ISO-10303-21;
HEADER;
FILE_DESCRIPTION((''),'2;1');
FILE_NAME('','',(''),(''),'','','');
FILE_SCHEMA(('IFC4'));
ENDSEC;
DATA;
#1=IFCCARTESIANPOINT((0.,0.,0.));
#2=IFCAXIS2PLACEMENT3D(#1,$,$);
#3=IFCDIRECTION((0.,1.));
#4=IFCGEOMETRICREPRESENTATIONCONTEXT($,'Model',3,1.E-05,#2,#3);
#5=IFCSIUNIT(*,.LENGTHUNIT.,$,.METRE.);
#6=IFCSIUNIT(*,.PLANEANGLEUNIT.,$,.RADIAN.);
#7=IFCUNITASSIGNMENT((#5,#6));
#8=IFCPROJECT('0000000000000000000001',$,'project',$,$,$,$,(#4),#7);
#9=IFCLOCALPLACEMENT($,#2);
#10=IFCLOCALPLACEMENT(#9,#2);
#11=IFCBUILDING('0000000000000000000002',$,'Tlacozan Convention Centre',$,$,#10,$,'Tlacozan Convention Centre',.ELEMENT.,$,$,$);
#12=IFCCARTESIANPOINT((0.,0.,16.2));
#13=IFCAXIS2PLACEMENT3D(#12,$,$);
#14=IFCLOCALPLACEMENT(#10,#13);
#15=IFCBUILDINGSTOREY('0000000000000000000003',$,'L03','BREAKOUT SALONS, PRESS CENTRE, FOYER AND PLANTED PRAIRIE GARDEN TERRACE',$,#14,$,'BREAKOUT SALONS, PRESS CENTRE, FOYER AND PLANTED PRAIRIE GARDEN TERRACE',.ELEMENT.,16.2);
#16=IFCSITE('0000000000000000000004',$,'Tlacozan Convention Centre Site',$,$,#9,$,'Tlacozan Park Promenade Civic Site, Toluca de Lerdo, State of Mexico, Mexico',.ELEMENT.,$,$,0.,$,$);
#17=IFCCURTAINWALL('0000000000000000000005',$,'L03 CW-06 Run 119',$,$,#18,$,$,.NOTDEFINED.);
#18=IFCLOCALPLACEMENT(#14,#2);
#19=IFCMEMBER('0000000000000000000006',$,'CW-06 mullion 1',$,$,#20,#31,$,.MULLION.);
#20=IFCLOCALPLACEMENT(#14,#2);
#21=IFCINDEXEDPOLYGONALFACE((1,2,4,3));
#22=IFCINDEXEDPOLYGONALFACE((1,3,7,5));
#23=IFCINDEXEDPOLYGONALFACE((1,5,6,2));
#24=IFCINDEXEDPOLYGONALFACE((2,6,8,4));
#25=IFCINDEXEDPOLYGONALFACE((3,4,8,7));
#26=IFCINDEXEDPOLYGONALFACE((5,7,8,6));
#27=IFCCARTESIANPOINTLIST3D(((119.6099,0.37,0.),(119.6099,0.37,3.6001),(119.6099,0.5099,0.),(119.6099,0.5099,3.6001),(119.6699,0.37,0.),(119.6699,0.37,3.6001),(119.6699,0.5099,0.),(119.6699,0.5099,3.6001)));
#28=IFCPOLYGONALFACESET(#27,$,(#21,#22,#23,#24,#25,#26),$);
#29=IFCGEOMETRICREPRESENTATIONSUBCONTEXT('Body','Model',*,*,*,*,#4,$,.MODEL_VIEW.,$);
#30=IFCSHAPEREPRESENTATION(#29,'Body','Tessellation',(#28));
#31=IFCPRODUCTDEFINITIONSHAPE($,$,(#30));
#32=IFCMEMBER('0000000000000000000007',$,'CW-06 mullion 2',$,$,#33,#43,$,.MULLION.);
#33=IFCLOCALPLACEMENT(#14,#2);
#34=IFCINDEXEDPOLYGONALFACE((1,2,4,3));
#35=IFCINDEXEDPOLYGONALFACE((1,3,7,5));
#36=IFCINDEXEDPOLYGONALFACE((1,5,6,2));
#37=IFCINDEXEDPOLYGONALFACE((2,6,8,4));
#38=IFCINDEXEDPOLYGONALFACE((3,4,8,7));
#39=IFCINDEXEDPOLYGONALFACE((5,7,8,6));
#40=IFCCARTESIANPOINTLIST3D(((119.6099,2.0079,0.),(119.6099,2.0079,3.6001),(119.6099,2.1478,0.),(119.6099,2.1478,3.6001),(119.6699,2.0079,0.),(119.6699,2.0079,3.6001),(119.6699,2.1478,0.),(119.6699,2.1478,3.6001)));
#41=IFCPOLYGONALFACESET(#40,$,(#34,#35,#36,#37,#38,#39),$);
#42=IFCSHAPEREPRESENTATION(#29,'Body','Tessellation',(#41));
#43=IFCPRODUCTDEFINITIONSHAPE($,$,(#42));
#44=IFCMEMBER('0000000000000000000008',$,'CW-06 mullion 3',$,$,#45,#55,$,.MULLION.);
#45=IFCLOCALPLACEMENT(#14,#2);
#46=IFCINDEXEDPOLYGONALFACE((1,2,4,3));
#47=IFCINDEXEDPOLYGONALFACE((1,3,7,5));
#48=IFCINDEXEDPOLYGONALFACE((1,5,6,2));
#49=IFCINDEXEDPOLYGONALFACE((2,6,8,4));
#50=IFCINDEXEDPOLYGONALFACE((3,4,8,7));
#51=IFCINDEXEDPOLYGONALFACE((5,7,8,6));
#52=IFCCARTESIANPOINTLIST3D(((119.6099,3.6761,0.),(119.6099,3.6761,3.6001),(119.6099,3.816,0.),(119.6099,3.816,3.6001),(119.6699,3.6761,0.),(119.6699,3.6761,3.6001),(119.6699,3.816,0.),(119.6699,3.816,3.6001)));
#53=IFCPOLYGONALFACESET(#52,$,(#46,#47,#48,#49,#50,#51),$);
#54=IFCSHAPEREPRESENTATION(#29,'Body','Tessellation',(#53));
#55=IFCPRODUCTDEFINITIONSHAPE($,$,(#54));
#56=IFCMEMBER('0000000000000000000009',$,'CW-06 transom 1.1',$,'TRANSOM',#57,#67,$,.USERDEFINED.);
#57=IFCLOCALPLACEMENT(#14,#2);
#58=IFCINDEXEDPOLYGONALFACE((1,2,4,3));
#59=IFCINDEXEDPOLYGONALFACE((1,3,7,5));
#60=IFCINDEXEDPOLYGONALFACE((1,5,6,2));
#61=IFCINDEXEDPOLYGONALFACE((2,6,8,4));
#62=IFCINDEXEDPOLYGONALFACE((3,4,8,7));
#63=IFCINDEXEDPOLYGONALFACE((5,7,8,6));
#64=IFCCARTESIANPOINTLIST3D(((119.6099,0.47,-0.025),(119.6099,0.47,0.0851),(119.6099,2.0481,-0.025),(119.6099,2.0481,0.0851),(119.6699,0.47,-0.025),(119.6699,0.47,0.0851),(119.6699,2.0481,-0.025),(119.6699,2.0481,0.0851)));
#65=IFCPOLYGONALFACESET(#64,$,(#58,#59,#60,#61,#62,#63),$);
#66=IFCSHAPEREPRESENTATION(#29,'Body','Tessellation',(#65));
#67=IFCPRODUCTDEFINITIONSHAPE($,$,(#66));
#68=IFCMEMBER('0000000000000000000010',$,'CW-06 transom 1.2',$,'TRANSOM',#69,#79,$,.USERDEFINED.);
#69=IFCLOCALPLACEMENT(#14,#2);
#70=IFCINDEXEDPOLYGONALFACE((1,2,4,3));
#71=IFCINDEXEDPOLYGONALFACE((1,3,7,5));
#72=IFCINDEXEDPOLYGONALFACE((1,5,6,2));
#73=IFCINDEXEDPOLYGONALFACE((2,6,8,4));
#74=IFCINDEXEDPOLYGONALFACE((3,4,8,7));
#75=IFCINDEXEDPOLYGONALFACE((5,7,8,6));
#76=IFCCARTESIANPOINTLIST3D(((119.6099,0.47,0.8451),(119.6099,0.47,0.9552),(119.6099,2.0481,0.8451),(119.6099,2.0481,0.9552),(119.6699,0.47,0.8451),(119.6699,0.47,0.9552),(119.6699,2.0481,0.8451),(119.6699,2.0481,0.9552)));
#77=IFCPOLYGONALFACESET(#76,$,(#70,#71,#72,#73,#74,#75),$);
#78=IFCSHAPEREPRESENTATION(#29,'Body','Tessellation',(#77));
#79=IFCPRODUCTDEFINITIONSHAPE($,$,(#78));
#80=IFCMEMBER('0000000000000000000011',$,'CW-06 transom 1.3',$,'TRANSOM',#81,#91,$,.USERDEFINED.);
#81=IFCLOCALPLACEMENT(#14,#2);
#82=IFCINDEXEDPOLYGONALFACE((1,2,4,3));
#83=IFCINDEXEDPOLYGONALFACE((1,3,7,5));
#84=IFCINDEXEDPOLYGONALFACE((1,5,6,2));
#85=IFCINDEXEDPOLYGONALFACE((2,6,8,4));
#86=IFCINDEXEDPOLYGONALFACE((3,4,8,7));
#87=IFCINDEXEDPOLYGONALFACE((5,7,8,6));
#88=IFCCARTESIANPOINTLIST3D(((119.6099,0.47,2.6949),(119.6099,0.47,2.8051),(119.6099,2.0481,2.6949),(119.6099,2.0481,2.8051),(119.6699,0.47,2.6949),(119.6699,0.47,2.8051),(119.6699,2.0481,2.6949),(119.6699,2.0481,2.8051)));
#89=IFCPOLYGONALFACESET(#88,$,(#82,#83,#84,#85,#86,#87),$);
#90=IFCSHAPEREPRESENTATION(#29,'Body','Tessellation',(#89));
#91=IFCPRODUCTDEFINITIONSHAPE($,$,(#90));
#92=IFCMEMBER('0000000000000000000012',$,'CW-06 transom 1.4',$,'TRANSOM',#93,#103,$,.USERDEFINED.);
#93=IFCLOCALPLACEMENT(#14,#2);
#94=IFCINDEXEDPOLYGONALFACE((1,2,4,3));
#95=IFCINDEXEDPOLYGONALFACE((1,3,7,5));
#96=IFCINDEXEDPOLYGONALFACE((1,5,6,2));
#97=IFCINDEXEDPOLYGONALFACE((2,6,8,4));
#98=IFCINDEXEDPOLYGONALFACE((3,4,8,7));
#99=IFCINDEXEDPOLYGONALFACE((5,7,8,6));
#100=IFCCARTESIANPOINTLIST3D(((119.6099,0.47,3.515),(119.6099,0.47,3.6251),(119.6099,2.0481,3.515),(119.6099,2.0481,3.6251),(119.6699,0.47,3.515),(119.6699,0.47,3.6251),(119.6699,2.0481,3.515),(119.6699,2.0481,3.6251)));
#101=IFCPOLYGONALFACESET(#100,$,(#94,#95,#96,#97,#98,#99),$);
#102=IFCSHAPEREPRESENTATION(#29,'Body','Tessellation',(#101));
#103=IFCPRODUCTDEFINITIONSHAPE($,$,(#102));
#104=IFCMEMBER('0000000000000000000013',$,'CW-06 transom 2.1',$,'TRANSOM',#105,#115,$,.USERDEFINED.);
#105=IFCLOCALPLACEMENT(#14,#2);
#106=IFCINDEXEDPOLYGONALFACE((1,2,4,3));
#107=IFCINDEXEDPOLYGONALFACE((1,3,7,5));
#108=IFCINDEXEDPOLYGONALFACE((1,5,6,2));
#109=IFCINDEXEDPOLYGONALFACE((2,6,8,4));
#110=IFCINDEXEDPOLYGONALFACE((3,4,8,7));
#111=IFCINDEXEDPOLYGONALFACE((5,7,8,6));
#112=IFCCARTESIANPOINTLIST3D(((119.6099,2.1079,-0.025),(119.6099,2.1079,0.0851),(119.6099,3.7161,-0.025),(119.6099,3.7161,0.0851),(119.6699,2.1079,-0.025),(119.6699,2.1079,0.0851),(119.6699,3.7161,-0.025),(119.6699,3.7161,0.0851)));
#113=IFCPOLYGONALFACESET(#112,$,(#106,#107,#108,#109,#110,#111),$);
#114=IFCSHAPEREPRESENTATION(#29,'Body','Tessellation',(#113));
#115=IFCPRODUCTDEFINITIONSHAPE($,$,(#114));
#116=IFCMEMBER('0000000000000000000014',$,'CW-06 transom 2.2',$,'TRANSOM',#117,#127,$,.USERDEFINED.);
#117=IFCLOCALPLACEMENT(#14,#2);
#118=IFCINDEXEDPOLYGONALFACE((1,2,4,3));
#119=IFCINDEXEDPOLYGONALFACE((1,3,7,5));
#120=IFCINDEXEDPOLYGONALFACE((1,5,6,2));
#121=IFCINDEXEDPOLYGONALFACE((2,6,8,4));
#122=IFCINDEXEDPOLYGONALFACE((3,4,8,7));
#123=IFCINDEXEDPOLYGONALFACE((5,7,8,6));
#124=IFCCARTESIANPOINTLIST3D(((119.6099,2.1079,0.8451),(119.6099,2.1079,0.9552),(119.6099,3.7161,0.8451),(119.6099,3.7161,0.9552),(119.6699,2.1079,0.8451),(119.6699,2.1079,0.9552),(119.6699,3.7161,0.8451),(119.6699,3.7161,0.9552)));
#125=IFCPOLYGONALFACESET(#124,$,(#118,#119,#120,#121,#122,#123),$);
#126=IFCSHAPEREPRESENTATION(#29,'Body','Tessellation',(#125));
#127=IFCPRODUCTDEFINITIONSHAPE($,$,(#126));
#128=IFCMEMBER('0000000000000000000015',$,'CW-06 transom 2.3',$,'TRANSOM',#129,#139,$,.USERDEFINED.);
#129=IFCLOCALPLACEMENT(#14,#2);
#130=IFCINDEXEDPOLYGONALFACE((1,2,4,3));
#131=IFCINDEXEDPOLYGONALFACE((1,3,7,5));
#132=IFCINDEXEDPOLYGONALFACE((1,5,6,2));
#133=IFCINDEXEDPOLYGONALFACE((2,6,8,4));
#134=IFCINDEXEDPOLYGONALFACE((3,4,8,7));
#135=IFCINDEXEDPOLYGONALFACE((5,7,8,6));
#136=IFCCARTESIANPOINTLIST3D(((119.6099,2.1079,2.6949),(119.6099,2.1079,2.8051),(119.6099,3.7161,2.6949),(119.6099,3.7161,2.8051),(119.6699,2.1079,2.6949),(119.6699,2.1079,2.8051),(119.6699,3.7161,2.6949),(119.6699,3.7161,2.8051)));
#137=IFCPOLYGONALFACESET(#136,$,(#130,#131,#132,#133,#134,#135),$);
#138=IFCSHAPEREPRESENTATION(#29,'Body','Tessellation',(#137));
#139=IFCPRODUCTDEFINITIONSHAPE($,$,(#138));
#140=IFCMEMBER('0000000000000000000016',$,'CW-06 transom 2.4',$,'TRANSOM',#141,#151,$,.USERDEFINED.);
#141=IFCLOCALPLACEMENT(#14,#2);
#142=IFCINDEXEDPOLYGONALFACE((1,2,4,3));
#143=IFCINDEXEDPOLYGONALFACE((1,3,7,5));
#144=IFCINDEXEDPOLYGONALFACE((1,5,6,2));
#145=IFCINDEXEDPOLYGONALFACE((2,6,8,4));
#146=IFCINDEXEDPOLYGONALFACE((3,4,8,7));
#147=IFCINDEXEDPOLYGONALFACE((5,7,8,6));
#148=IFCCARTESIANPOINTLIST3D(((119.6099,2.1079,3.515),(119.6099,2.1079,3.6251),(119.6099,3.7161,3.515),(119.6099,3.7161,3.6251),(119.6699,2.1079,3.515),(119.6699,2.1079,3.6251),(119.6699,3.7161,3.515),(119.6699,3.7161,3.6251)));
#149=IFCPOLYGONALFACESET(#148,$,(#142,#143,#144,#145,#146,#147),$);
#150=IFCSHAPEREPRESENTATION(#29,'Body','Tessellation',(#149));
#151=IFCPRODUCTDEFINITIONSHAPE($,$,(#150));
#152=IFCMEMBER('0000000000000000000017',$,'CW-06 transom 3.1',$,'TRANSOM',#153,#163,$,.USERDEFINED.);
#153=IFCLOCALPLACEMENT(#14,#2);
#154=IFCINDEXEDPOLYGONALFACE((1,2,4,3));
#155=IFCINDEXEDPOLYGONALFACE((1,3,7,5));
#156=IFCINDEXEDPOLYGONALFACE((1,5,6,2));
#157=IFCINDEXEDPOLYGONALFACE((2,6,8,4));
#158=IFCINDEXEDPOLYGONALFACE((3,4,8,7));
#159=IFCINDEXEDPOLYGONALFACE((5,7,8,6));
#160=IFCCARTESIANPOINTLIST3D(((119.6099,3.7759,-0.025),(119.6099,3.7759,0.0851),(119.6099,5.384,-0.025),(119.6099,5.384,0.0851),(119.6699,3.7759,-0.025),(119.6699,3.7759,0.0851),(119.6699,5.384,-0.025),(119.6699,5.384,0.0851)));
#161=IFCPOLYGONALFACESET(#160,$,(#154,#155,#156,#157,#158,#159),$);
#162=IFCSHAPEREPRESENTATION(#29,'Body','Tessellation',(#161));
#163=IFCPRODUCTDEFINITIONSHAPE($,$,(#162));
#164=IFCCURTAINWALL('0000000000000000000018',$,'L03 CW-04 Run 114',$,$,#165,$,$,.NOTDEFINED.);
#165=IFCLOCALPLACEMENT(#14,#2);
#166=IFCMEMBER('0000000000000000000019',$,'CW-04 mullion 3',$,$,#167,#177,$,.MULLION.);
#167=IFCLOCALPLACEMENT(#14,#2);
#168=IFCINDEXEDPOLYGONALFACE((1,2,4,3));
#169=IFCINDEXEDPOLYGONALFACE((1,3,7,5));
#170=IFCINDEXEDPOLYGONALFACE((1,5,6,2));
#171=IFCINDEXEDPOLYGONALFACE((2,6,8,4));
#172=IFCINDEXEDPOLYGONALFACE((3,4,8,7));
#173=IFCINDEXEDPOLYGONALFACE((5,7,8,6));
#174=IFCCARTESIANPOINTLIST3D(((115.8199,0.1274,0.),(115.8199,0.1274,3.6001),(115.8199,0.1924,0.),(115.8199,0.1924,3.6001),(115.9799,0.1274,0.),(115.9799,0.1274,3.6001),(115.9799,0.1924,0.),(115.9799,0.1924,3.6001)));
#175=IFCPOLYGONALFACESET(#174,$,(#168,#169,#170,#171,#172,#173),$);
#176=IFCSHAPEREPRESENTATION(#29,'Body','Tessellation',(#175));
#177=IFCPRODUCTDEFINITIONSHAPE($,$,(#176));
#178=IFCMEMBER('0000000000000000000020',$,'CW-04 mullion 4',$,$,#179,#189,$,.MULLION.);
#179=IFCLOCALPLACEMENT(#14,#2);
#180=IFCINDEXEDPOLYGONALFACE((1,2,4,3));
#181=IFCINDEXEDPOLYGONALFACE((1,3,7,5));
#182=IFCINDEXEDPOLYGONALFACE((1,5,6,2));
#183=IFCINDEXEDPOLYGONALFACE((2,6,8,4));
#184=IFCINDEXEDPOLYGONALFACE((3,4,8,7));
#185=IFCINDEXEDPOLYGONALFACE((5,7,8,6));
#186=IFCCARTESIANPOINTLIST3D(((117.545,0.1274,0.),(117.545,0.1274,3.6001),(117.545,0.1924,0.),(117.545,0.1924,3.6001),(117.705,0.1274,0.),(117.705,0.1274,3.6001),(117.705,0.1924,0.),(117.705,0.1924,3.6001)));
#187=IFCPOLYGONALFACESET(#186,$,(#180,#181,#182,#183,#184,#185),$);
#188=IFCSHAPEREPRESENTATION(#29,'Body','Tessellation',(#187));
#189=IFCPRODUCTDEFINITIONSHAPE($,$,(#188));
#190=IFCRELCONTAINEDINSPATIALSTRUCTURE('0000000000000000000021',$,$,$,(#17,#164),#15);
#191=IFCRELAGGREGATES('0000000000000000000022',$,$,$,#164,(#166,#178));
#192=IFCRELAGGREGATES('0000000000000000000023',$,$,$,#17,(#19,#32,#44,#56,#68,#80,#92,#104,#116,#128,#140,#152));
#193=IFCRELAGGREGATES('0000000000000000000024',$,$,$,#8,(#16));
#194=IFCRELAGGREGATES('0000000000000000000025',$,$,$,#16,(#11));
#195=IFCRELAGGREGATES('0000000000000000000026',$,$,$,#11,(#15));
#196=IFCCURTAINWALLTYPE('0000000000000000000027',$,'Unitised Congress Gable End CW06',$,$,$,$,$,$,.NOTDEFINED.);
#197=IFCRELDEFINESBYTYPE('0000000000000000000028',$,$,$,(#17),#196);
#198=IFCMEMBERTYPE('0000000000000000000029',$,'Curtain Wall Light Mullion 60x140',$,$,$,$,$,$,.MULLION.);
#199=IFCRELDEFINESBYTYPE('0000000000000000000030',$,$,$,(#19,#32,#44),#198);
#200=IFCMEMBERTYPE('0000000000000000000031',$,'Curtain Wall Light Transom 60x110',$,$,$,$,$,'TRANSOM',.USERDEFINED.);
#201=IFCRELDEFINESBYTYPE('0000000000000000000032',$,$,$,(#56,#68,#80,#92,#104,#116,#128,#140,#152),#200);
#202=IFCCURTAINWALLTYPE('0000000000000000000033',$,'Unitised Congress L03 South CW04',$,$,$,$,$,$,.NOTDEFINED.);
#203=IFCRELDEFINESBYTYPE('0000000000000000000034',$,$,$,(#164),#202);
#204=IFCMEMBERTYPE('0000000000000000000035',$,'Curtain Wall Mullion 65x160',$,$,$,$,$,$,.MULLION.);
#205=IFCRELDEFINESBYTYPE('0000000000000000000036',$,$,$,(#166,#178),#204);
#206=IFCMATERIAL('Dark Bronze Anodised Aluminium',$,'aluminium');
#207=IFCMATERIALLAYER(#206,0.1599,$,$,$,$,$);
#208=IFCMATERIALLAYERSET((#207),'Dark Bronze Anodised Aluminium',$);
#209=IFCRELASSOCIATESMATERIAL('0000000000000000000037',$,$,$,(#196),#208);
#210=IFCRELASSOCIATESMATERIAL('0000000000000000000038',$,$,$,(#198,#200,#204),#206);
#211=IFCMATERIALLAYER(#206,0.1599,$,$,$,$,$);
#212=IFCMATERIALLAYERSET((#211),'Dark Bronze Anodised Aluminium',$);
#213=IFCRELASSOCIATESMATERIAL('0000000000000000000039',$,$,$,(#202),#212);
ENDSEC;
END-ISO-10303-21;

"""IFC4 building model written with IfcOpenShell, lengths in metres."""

from ifc_helpers import new_model, si_unit, direction, frame, origin, origin_2d, place, context, subcontext, project, spatial, rectangle, extrude, material, layer, layer_set, material_profile, profile_set, type_object, element, aggregate, save


model = new_model("IFC4")

# Units and contexts
model_context = context("Model", 3, precision=1e-05, world=origin(), true_north=direction((0.0, 1.0)))
body_context = subcontext(model_context, "Body", "Model", "MODEL_VIEW")
ifc_project = project(units=[si_unit("LENGTHUNIT", "METRE"), si_unit("PLANEANGLEUNIT", "RADIAN")], contexts=[model_context])

# Site, building, storey
site_placement = place(None, origin())
site = spatial("IfcSite", under=ifc_project, at=site_placement, Name="Tlacozan Convention Centre Site", LongName="Tlacozan Park Promenade Civic Site, Toluca de Lerdo, State of Mexico, Mexico", CompositionType="ELEMENT", RefElevation=0.0)
building_placement = place(site_placement, origin())
building = spatial("IfcBuilding", under=site, at=building_placement, Name="Tlacozan Convention Centre", LongName="Tlacozan Convention Centre", CompositionType="ELEMENT")
storey_placement = place(building_placement, frame((0.0, 0.0, 16.2)))
storey = spatial("IfcBuildingStorey", under=building, at=storey_placement, Name="L03", Description="BREAKOUT SALONS, PRESS CENTRE, FOYER AND PLANTED PRAIRIE GARDEN TERRACE", LongName="BREAKOUT SALONS, PRESS CENTRE, FOYER AND PLANTED PRAIRIE GARDEN TERRACE", CompositionType="ELEMENT", Elevation=16.2)

# Curtain wall, members
ifc_material_1 = material(Name="Dark Bronze Anodised Aluminium", Category="aluminium")
ifc_layer_1 = layer(ifc_material_1, 0.1599)
ifc_layer_set_1 = layer_set([ifc_layer_1], Name="Dark Bronze Anodised Aluminium")
curtain_wall_type_1 = type_object("IfcCurtainWallType", Name="Unitised Congress Gable End CW06", PredefinedType="NOTDEFINED", material=ifc_layer_set_1)
curtain_wall_1_placement = place(storey_placement, origin())
curtain_wall_1 = element("IfcCurtainWall", 1, at=curtain_wall_1_placement, inside=storey, type_object=curtain_wall_type_1, Name="L03 CW-06 Run 119", PredefinedType="NOTDEFINED")
ifc_material_profile_1 = material_profile(ifc_material_1, rectangle(XDim=0.0601, YDim=0.1399, at=origin_2d()), Name="ALU 60x140")
ifc_profile_set_1 = profile_set([ifc_material_profile_1], Name="Dark Bronze Anodised Aluminium")
member_type_1 = type_object("IfcMemberType", Name="Curtain Wall Light Mullion 60x140", PredefinedType="MULLION", material=ifc_profile_set_1)
member_1_placement = place(storey_placement, frame((119.6399, 0.4399, 0.0), z_axis=(0.0, 0.0, 1.0), x_axis=(-1.0, 0.0, 0.0)))
member_1 = element("IfcMember", 2, at=member_1_placement, type_object=member_type_1, Name="CW-06 mullion 1", PredefinedType="MULLION", context=body_context, shape_type="SweptSolid", body=[
    extrude(rectangle(XDim=0.0601, YDim=0.1399, at=origin_2d()), origin(), (0.0, 0.0, 1.0), 3.6001),
])
member_2_placement = place(storey_placement, frame((119.6399, 2.0779, 0.0), z_axis=(0.0, 0.0, 1.0), x_axis=(-1.0, 0.0, 0.0)))
member_2 = element("IfcMember", 3, at=member_2_placement, type_object=member_type_1, Name="CW-06 mullion 2", PredefinedType="MULLION", context=body_context, shape_type="SweptSolid", body=[
    extrude(rectangle(XDim=0.0601, YDim=0.1399, at=origin_2d()), origin(), (0.0, 0.0, 1.0), 3.6001),
])
member_3_placement = place(storey_placement, frame((119.6399, 3.7461, 0.0), z_axis=(0.0, 0.0, 1.0), x_axis=(-1.0, 0.0, 0.0)))
member_3 = element("IfcMember", 4, at=member_3_placement, type_object=member_type_1, Name="CW-06 mullion 3", PredefinedType="MULLION", context=body_context, shape_type="SweptSolid", body=[
    extrude(rectangle(XDim=0.0601, YDim=0.1399, at=origin_2d()), origin(), (0.0, 0.0, 1.0), 3.6001),
])
ifc_material_profile_2 = material_profile(ifc_material_1, rectangle(XDim=0.0601, YDim=0.1101, at=origin_2d()), Name="ALU 60x110")
ifc_profile_set_2 = profile_set([ifc_material_profile_2], Name="Dark Bronze Anodised Aluminium")
member_type_2 = type_object("IfcMemberType", Name="Curtain Wall Light Transom 60x110", ElementType="TRANSOM", PredefinedType="USERDEFINED", material=ifc_profile_set_2)
member_4_placement = place(storey_placement, frame((119.6399, 0.47, 0.03), z_axis=(0.0, 1.0, 0.0), x_axis=(-1.0, 0.0, 0.0)))
member_4 = element("IfcMember", 5, at=member_4_placement, type_object=member_type_2, Name="CW-06 transom 1.1", ObjectType="TRANSOM", PredefinedType="USERDEFINED", context=body_context, shape_type="SweptSolid", body=[
    extrude(rectangle(XDim=0.0601, YDim=0.1101, at=origin_2d()), origin(), (0.0, 0.0, 1.0), 1.5781),
])
member_5_placement = place(storey_placement, frame((119.6399, 0.47, 0.9001), z_axis=(0.0, 1.0, 0.0), x_axis=(-1.0, 0.0, 0.0)))
member_5 = element("IfcMember", 6, at=member_5_placement, type_object=member_type_2, Name="CW-06 transom 1.2", ObjectType="TRANSOM", PredefinedType="USERDEFINED", context=body_context, shape_type="SweptSolid", body=[
    extrude(rectangle(XDim=0.0601, YDim=0.1101, at=origin_2d()), origin(), (0.0, 0.0, 1.0), 1.5781),
])
member_6_placement = place(storey_placement, frame((119.6399, 0.47, 2.75), z_axis=(0.0, 1.0, 0.0), x_axis=(-1.0, 0.0, 0.0)))
member_6 = element("IfcMember", 7, at=member_6_placement, type_object=member_type_2, Name="CW-06 transom 1.3", ObjectType="TRANSOM", PredefinedType="USERDEFINED", context=body_context, shape_type="SweptSolid", body=[
    extrude(rectangle(XDim=0.0601, YDim=0.1101, at=origin_2d()), origin(), (0.0, 0.0, 1.0), 1.5781),
])
member_7_placement = place(storey_placement, frame((119.6399, 0.47, 3.5701), z_axis=(0.0, 1.0, 0.0), x_axis=(-1.0, 0.0, 0.0)))
member_7 = element("IfcMember", 8, at=member_7_placement, type_object=member_type_2, Name="CW-06 transom 1.4", ObjectType="TRANSOM", PredefinedType="USERDEFINED", context=body_context, shape_type="SweptSolid", body=[
    extrude(rectangle(XDim=0.0601, YDim=0.1101, at=origin_2d()), origin(), (0.0, 0.0, 1.0), 1.5781),
])
member_8_placement = place(storey_placement, frame((119.6399, 2.1079, 0.03), z_axis=(0.0, 1.0, 0.0), x_axis=(-1.0, 0.0, 0.0)))
member_8 = element("IfcMember", 9, at=member_8_placement, type_object=member_type_2, Name="CW-06 transom 2.1", ObjectType="TRANSOM", PredefinedType="USERDEFINED", context=body_context, shape_type="SweptSolid", body=[
    extrude(rectangle(XDim=0.0601, YDim=0.1101, at=origin_2d()), origin(), (0.0, 0.0, 1.0), 1.6082),
])
member_9_placement = place(storey_placement, frame((119.6399, 2.1079, 0.9001), z_axis=(0.0, 1.0, 0.0), x_axis=(-1.0, 0.0, 0.0)))
member_9 = element("IfcMember", 10, at=member_9_placement, type_object=member_type_2, Name="CW-06 transom 2.2", ObjectType="TRANSOM", PredefinedType="USERDEFINED", context=body_context, shape_type="SweptSolid", body=[
    extrude(rectangle(XDim=0.0601, YDim=0.1101, at=origin_2d()), origin(), (0.0, 0.0, 1.0), 1.6082),
])
member_10_placement = place(storey_placement, frame((119.6399, 2.1079, 2.75), z_axis=(0.0, 1.0, 0.0), x_axis=(-1.0, 0.0, 0.0)))
member_10 = element("IfcMember", 11, at=member_10_placement, type_object=member_type_2, Name="CW-06 transom 2.3", ObjectType="TRANSOM", PredefinedType="USERDEFINED", context=body_context, shape_type="SweptSolid", body=[
    extrude(rectangle(XDim=0.0601, YDim=0.1101, at=origin_2d()), origin(), (0.0, 0.0, 1.0), 1.6082),
])
member_11_placement = place(storey_placement, frame((119.6399, 2.1079, 3.5701), z_axis=(0.0, 1.0, 0.0), x_axis=(-1.0, 0.0, 0.0)))
member_11 = element("IfcMember", 12, at=member_11_placement, type_object=member_type_2, Name="CW-06 transom 2.4", ObjectType="TRANSOM", PredefinedType="USERDEFINED", context=body_context, shape_type="SweptSolid", body=[
    extrude(rectangle(XDim=0.0601, YDim=0.1101, at=origin_2d()), origin(), (0.0, 0.0, 1.0), 1.6082),
])
member_12_placement = place(storey_placement, frame((119.6399, 3.7759, 0.03), z_axis=(0.0, 1.0, 0.0), x_axis=(-1.0, 0.0, 0.0)))
member_12 = element("IfcMember", 13, at=member_12_placement, type_object=member_type_2, Name="CW-06 transom 3.1", ObjectType="TRANSOM", PredefinedType="USERDEFINED", context=body_context, shape_type="SweptSolid", body=[
    extrude(rectangle(XDim=0.0601, YDim=0.1101, at=origin_2d()), origin(), (0.0, 0.0, 1.0), 1.6082),
])

# Curtain wall, members
ifc_layer_2 = layer(ifc_material_1, 0.1599)
ifc_layer_set_2 = layer_set([ifc_layer_2], Name="Dark Bronze Anodised Aluminium")
curtain_wall_type_2 = type_object("IfcCurtainWallType", Name="Unitised Congress L03 South CW04", PredefinedType="NOTDEFINED", material=ifc_layer_set_2)
curtain_wall_2_placement = place(storey_placement, origin())
curtain_wall_2 = element("IfcCurtainWall", 14, at=curtain_wall_2_placement, inside=storey, type_object=curtain_wall_type_2, Name="L03 CW-04 Run 114", PredefinedType="NOTDEFINED")
ifc_material_profile_3 = material_profile(ifc_material_1, rectangle(XDim=0.0649, YDim=0.1599, at=origin_2d()), Name="ALU 65x160")
ifc_profile_set_3 = profile_set([ifc_material_profile_3], Name="Dark Bronze Anodised Aluminium")
member_type_3 = type_object("IfcMemberType", Name="Curtain Wall Mullion 65x160", PredefinedType="MULLION", material=ifc_profile_set_3)
member_13_placement = place(storey_placement, frame((115.8999, 0.1599, 0.0), z_axis=(0.0, 0.0, 1.0), x_axis=(0.0, 1.0, 0.0)))
member_13 = element("IfcMember", 15, at=member_13_placement, type_object=member_type_3, Name="CW-04 mullion 3", PredefinedType="MULLION", context=body_context, shape_type="SweptSolid", body=[
    extrude(rectangle(XDim=0.0649, YDim=0.1599, at=origin_2d()), origin(), (0.0, 0.0, 1.0), 3.6001),
])
member_14_placement = place(storey_placement, frame((117.625, 0.1599, 0.0), z_axis=(0.0, 0.0, 1.0), x_axis=(0.0, 1.0, 0.0)))
member_14 = element("IfcMember", 16, at=member_14_placement, type_object=member_type_3, Name="CW-04 mullion 4", PredefinedType="MULLION", context=body_context, shape_type="SweptSolid", body=[
    extrude(rectangle(XDim=0.0649, YDim=0.1599, at=origin_2d()), origin(), (0.0, 0.0, 1.0), 3.6001),
])
aggregate(curtain_wall_2, [member_13, member_14])

aggregate(curtain_wall_1, [member_1, member_2, member_3, member_4, member_5, member_6, member_7, member_8, member_9, member_10, member_11, member_12])

save(model, "model.ifc")
